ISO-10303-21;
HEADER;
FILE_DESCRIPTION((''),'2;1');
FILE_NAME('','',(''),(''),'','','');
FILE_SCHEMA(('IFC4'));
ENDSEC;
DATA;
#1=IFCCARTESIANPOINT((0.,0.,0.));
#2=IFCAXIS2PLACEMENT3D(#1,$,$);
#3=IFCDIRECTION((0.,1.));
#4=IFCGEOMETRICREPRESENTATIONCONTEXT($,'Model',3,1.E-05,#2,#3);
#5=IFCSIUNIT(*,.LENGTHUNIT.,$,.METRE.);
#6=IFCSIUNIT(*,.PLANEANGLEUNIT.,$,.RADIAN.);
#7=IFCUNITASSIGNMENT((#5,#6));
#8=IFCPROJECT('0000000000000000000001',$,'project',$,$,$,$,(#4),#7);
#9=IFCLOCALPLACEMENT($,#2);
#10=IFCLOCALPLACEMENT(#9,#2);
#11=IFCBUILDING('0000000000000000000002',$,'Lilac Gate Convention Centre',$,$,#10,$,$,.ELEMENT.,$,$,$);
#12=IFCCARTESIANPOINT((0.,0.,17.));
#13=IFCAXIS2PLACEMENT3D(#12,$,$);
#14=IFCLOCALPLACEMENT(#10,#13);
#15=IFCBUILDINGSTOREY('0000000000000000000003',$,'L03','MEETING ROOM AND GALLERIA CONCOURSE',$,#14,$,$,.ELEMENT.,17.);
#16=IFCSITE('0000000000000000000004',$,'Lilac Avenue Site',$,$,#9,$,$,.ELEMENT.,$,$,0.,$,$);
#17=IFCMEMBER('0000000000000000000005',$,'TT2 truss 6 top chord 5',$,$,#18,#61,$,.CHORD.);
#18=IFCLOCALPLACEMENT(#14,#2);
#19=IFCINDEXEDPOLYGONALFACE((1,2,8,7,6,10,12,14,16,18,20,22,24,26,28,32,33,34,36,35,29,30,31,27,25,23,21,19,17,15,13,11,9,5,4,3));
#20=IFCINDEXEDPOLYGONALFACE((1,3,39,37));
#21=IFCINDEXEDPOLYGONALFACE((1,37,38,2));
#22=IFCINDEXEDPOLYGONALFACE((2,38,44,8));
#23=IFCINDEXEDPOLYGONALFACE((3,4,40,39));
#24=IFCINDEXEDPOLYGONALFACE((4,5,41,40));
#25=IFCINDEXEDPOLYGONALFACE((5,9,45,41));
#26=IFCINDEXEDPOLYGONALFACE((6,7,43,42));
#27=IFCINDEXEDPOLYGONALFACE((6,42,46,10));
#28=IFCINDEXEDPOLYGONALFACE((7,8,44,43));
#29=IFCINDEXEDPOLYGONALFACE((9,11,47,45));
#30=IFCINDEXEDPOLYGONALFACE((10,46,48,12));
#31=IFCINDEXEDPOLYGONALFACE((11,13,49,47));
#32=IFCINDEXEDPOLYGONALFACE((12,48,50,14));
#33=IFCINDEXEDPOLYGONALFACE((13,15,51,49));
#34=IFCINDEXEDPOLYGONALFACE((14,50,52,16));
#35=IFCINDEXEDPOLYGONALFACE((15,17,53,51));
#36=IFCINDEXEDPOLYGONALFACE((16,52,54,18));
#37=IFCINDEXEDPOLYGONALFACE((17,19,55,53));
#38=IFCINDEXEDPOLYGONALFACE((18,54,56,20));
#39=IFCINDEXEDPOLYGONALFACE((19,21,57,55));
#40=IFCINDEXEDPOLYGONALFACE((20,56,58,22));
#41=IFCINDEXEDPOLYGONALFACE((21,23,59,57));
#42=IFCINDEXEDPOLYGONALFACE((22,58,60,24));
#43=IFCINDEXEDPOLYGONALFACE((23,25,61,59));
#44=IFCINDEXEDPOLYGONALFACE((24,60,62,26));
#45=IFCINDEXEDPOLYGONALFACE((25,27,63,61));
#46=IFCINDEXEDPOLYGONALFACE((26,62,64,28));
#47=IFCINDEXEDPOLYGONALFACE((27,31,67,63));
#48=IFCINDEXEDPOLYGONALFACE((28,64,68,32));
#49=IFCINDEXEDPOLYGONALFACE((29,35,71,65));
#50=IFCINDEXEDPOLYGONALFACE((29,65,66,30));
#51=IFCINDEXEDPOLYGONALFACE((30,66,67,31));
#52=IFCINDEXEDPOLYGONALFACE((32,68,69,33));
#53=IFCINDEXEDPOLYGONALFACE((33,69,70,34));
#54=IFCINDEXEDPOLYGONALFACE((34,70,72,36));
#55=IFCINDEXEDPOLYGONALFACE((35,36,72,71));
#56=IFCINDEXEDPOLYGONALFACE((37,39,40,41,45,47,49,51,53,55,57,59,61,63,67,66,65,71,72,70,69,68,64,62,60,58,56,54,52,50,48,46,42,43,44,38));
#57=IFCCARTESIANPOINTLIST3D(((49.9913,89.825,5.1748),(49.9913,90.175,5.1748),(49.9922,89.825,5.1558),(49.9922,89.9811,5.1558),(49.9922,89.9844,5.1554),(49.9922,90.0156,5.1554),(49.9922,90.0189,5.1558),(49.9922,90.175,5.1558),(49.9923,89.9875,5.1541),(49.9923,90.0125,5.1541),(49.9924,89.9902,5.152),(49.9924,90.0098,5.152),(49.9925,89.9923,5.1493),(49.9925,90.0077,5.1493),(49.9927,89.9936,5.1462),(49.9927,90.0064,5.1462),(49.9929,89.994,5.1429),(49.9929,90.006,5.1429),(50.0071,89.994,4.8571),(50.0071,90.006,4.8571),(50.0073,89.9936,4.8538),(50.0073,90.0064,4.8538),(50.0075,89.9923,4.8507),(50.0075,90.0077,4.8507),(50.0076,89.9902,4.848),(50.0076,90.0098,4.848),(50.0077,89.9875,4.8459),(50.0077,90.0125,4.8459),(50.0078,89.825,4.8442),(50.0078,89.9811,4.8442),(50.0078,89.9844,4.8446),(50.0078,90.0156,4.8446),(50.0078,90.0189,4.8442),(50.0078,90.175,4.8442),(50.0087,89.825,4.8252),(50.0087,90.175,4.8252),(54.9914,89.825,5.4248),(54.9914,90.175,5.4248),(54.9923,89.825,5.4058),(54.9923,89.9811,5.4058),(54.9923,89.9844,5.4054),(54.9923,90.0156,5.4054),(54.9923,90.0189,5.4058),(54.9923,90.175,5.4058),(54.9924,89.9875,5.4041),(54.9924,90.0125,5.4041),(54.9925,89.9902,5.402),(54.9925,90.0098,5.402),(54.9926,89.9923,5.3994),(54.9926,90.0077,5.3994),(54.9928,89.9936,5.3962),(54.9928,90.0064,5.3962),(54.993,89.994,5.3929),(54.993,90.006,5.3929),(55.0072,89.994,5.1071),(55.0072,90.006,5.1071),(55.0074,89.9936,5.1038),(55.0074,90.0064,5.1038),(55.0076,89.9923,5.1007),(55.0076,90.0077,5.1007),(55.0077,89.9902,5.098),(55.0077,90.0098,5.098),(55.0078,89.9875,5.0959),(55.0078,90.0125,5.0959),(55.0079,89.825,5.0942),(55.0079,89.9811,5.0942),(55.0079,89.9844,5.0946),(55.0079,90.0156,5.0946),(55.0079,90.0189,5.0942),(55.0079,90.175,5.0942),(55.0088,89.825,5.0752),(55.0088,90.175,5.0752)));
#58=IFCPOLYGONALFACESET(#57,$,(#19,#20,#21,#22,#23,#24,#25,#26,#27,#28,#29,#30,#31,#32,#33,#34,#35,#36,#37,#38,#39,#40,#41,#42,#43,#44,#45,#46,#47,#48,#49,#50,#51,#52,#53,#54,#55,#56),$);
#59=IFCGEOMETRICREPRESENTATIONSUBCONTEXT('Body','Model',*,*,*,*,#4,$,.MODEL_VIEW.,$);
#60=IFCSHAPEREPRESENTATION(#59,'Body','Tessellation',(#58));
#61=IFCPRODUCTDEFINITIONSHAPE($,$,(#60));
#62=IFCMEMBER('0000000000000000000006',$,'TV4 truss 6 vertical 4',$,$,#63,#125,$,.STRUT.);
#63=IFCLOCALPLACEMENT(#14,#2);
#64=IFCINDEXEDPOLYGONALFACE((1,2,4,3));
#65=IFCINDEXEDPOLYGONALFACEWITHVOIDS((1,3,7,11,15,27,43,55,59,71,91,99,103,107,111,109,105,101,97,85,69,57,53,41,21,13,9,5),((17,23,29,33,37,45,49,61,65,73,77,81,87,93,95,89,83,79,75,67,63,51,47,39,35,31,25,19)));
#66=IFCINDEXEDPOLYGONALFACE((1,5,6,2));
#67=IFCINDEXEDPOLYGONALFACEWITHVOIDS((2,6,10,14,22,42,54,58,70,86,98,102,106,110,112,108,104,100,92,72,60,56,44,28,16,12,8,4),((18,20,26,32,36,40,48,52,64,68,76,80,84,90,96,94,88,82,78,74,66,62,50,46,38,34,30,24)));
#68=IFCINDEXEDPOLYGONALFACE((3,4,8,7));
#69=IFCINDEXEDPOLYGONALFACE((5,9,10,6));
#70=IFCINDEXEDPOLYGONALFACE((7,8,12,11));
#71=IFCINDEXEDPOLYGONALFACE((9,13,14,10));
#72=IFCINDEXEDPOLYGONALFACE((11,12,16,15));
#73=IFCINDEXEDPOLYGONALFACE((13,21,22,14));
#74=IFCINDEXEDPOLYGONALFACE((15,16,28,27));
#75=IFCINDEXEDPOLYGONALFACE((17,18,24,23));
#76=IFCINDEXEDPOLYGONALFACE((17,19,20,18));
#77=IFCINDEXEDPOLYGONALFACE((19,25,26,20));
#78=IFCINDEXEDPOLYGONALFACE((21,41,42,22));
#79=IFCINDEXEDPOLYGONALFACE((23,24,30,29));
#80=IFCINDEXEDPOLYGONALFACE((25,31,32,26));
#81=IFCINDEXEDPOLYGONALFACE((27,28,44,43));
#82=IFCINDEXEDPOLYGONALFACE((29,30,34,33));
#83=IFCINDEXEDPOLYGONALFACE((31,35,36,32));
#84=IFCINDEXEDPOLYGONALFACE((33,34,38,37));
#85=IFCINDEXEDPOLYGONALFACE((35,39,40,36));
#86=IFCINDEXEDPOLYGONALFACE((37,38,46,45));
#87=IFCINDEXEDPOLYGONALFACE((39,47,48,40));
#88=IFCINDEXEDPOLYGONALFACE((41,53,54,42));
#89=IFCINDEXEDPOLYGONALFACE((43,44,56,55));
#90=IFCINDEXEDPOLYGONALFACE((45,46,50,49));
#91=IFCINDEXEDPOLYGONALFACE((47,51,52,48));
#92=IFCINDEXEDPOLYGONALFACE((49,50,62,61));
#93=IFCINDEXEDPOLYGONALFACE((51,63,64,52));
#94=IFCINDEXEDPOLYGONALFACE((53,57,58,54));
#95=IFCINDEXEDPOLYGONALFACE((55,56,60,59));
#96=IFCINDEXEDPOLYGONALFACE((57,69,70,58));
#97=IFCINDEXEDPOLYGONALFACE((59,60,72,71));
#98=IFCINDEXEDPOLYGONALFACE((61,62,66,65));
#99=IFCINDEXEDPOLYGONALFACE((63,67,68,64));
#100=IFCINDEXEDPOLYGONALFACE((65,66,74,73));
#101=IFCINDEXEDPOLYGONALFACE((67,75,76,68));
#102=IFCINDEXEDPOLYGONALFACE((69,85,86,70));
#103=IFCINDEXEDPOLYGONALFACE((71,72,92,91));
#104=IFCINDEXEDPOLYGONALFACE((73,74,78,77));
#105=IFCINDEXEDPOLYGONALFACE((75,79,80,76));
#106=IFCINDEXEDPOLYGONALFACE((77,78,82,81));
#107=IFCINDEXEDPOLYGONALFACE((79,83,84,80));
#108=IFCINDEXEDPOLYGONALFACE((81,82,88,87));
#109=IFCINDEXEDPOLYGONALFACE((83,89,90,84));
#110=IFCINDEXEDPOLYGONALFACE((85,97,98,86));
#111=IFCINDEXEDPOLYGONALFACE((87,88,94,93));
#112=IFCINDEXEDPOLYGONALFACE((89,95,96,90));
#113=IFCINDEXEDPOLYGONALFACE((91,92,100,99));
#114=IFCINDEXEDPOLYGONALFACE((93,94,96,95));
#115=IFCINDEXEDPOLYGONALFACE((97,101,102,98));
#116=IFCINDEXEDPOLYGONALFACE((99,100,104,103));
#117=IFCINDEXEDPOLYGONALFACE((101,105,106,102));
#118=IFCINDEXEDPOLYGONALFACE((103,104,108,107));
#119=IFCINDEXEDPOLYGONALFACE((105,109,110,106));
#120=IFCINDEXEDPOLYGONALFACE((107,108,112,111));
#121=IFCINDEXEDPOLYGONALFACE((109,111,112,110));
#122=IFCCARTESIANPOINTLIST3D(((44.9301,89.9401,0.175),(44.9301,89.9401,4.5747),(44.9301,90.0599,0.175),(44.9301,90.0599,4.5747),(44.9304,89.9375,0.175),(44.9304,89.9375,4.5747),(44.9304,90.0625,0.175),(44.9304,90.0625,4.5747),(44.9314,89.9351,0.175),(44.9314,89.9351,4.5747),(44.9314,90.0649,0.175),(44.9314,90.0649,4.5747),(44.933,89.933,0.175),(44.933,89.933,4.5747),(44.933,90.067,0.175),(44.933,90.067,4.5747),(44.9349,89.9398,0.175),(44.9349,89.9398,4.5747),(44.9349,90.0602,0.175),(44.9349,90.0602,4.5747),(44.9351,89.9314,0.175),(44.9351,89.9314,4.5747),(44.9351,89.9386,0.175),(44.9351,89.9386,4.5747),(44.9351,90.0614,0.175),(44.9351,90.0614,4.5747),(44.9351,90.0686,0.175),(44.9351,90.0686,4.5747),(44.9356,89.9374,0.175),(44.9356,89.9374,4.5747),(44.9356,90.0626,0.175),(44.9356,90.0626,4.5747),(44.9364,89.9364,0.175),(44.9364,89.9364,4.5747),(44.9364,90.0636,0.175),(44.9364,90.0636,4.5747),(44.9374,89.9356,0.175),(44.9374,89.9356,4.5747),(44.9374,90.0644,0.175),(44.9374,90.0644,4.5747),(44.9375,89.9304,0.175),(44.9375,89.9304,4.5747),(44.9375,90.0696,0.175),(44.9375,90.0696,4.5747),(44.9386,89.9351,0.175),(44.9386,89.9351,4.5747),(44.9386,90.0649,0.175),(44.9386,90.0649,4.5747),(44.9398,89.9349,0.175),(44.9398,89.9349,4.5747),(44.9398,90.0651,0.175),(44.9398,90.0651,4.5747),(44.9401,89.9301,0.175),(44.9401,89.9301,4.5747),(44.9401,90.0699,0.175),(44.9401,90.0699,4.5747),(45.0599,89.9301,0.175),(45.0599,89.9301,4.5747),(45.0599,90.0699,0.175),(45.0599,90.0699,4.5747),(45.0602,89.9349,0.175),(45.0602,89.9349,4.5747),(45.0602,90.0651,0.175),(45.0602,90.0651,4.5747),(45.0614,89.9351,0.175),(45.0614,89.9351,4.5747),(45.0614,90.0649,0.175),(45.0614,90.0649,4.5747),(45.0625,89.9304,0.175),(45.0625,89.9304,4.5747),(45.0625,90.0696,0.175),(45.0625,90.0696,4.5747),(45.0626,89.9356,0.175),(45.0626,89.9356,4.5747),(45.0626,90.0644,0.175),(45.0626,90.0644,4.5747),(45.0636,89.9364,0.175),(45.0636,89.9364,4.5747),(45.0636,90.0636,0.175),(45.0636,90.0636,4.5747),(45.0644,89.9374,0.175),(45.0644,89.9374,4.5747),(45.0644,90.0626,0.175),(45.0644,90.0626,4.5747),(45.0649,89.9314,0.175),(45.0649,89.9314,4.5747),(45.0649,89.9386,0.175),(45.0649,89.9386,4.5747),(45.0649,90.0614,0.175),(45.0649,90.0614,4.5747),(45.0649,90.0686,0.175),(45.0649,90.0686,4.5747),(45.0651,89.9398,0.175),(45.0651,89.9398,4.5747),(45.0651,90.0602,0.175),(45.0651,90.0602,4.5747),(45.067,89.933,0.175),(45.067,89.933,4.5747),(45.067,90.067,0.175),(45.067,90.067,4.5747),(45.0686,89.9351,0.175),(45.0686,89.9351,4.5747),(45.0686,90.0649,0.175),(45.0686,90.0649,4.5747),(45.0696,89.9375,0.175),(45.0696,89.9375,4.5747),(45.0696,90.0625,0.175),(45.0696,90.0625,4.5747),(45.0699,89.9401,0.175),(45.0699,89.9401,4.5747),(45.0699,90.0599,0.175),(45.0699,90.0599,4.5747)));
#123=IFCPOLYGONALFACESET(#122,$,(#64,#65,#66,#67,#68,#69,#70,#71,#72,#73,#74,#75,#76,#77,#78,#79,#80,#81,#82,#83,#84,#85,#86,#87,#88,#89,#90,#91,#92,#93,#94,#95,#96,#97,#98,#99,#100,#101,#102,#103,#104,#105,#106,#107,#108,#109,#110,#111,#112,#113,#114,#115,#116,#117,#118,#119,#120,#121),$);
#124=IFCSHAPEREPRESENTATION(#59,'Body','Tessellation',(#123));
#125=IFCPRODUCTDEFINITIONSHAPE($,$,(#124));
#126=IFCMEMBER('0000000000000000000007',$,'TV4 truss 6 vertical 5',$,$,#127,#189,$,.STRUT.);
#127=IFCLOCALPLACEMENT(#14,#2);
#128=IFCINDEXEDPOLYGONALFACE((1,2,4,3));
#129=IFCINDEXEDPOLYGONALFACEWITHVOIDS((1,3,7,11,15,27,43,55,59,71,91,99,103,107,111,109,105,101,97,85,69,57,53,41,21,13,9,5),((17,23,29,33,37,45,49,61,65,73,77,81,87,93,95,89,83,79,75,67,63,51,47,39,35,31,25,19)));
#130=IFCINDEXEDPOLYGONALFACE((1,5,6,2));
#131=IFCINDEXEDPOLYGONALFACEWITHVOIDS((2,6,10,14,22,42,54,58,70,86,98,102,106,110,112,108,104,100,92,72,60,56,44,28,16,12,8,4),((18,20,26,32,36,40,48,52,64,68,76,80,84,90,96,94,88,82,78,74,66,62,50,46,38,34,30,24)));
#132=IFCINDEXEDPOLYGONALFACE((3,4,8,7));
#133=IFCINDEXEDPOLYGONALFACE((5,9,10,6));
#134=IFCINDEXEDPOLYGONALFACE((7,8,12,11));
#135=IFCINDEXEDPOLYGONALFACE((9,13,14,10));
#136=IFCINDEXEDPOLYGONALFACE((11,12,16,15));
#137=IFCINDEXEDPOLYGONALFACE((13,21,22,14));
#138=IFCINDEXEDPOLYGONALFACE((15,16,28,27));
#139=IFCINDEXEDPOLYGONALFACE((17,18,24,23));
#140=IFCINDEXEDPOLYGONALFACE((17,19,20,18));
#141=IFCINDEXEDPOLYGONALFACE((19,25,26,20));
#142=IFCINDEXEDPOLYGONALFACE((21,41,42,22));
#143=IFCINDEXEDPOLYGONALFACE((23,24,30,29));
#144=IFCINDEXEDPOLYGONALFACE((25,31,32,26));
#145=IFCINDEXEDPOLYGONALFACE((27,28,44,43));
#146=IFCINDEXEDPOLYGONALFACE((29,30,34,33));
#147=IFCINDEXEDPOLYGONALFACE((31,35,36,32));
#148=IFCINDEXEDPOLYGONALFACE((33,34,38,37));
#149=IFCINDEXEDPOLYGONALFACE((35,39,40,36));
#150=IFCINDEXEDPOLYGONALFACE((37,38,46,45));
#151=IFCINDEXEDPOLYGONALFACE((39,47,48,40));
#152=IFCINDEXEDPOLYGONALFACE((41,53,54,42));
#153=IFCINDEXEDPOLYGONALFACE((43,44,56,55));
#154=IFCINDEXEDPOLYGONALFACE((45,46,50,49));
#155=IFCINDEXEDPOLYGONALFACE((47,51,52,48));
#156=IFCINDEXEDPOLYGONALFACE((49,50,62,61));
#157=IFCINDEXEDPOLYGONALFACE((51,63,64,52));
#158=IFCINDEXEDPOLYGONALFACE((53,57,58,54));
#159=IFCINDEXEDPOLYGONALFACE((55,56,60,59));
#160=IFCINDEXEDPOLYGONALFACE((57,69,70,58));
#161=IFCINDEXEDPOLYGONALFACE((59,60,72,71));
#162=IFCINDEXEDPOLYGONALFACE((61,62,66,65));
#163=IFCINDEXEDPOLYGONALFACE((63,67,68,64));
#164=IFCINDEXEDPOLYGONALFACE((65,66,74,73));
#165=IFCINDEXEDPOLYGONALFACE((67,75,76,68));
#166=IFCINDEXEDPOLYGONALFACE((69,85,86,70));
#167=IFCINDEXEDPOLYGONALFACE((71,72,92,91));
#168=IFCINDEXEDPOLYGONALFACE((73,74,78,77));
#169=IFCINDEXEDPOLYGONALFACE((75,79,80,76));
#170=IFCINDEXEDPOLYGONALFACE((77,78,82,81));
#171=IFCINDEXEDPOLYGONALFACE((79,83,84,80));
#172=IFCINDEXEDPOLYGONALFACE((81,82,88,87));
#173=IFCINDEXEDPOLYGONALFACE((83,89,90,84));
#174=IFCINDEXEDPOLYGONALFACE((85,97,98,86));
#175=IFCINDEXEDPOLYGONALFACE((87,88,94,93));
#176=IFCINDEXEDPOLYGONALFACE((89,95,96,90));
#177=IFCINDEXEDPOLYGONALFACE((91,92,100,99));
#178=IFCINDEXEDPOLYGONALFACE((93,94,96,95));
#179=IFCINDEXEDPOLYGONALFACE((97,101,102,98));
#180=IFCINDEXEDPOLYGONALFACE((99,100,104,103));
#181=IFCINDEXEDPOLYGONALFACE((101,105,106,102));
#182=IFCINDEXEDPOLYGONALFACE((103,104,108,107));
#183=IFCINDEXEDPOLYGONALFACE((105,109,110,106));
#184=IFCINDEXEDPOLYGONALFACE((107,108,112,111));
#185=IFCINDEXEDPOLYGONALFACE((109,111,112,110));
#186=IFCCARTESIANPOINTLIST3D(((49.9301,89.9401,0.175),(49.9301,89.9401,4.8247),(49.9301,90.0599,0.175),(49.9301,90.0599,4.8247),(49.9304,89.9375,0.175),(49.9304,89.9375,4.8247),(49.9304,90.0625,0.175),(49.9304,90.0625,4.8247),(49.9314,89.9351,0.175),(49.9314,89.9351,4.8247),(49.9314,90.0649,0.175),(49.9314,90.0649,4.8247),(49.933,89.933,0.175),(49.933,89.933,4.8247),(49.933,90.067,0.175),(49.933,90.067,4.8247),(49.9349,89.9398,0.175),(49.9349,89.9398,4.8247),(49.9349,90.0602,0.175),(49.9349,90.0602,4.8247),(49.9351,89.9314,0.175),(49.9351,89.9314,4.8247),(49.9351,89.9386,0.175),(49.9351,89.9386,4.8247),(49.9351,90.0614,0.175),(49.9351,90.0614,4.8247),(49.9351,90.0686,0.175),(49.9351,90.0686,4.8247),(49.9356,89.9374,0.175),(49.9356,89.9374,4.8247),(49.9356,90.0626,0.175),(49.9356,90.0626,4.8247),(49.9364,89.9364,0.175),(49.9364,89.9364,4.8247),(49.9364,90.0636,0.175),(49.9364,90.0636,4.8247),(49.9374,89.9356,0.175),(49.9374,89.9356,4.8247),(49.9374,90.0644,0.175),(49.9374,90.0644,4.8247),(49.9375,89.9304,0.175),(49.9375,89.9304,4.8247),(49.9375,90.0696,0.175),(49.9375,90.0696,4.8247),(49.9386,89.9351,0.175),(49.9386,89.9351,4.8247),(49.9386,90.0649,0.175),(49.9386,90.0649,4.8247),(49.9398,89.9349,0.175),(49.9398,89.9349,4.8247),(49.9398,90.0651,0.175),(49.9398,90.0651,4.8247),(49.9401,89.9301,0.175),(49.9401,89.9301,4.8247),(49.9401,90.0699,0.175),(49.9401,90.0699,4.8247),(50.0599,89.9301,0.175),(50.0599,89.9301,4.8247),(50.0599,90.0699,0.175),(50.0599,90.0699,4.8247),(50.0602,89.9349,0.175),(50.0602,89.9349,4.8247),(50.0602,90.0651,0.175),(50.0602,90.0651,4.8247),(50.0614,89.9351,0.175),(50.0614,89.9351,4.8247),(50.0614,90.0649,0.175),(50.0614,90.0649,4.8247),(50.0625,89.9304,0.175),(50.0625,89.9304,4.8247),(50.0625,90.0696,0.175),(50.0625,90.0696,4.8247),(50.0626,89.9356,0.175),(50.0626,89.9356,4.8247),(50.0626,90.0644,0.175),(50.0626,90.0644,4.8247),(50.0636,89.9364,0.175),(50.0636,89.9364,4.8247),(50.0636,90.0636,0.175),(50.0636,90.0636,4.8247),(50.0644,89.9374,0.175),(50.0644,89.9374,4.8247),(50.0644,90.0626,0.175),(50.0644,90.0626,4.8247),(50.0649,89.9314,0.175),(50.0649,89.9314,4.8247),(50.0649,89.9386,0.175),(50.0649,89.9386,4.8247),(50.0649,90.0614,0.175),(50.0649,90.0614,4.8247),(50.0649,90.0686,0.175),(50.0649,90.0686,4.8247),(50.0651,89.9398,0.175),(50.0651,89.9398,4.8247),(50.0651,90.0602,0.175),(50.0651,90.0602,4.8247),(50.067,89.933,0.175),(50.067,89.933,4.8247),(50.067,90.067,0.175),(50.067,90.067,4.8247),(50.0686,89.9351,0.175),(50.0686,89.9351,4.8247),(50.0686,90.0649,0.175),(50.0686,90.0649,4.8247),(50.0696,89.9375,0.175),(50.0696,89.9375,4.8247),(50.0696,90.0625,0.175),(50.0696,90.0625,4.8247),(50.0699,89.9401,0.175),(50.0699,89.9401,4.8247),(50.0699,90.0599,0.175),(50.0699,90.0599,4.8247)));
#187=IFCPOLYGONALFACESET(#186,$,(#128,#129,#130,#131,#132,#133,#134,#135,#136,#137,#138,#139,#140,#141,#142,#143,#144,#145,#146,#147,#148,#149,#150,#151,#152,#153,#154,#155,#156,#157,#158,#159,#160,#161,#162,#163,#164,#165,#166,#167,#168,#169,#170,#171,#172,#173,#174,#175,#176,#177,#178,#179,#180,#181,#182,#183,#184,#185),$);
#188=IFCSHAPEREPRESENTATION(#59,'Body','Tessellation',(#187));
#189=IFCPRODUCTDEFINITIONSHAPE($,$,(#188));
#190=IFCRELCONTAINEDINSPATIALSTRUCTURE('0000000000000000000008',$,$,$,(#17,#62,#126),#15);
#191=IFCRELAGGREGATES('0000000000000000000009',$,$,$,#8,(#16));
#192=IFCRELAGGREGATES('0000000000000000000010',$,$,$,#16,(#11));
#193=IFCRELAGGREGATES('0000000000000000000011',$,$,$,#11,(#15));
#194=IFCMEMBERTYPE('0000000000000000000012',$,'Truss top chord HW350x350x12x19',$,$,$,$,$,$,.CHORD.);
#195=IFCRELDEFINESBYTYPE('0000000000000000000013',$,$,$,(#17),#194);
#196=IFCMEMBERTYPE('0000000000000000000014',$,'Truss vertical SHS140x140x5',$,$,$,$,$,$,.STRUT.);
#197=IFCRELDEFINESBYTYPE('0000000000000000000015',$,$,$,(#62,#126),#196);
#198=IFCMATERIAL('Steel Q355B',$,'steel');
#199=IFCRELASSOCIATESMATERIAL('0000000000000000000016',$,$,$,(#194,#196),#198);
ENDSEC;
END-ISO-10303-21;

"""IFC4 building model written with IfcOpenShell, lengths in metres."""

from ifc_helpers import new_model, si_unit, direction, frame, origin, origin_2d, place, context, subcontext, project, spatial, hollow_rectangle, i_section, extrude, material, material_profile, profile_set, type_object, element, save


model = new_model("IFC4")

# Units and contexts
model_context = context("Model", 3, precision=1e-05, world=origin(), true_north=direction((0.0, 1.0)))
body_context = subcontext(model_context, "Body", "Model", "MODEL_VIEW")
ifc_project = project(units=[si_unit("LENGTHUNIT", "METRE"), si_unit("PLANEANGLEUNIT", "RADIAN")], contexts=[model_context])

# Site, building, storey
site_placement = place(None, origin())
site = spatial("IfcSite", under=ifc_project, at=site_placement, Name="Lilac Avenue Site", CompositionType="ELEMENT", RefElevation=0.0)
building_placement = place(site_placement, origin())
building = spatial("IfcBuilding", under=site, at=building_placement, Name="Lilac Gate Convention Centre", CompositionType="ELEMENT")
storey_placement = place(building_placement, frame((0.0, 0.0, 17.0)))
storey = spatial("IfcBuildingStorey", under=building, at=storey_placement, Name="L03", Description="MEETING ROOM AND GALLERIA CONCOURSE", CompositionType="ELEMENT", Elevation=17.0)

# Members
ifc_material = material(Name="Steel Q355B", Category="steel")
ifc_material_profile_1 = material_profile(ifc_material, i_section(OverallWidth=0.3501, OverallDepth=0.3501, WebThickness=0.012, FlangeThickness=0.019, FilletRadius=0.0129, at=origin_2d()), Name="HW350x350x12x19")
ifc_profile_set_1 = profile_set([ifc_material_profile_1], Name="Steel Q355B")
member_type_1 = type_object("IfcMemberType", Name="Truss top chord HW350x350x12x19", PredefinedType="CHORD", material=ifc_profile_set_1)
for number, where, z_axis, x_axis, name in (
    (1, (50.0, 90.0, 5.0), (0.998752, 0.0, 0.049938), (0.0, 1.0, 0.0), "TT2 truss 6 top chord 5"),
):
    element("IfcMember", number, at=place(storey_placement, frame(where, z_axis=z_axis, x_axis=x_axis)), inside=storey, type_object=member_type_1, Name=name, PredefinedType="CHORD", context=body_context, shape_type="SweptSolid", body=[
        extrude(i_section(OverallWidth=0.3501, OverallDepth=0.3501, WebThickness=0.012, FlangeThickness=0.019, FilletRadius=0.0129, at=origin_2d()), origin(), (0.0, 0.0, 1.0), 5.0063),
    ])
ifc_material_profile_2 = material_profile(ifc_material, hollow_rectangle(XDim=0.1399, YDim=0.1399, WallThickness=0.0049, InnerFilletRadius=0.0049, OuterFilletRadius=0.01, at=origin_2d()), Name="SHS140x140x5")
ifc_profile_set_2 = profile_set([ifc_material_profile_2], Name="Steel Q355B")
member_type_2 = type_object("IfcMemberType", Name="Truss vertical SHS140x140x5", PredefinedType="STRUT", material=ifc_profile_set_2)
member_1_placement = place(storey_placement, frame((45.0, 90.0, 0.175), z_axis=(0.0, 0.0, 1.0), x_axis=(1.0, 0.0, 0.0)))
element("IfcMember", 2, at=member_1_placement, inside=storey, type_object=member_type_2, Name="TV4 truss 6 vertical 4", PredefinedType="STRUT", context=body_context, shape_type="SweptSolid", body=[
    extrude(hollow_rectangle(XDim=0.1399, YDim=0.1399, WallThickness=0.0049, InnerFilletRadius=0.0049, OuterFilletRadius=0.01, at=origin_2d()), origin(), (0.0, 0.0, 1.0), 4.3997),
])
member_2_placement = place(storey_placement, frame((50.0, 90.0, 0.175), z_axis=(0.0, 0.0, 1.0), x_axis=(1.0, 0.0, 0.0)))
element("IfcMember", 3, at=member_2_placement, inside=storey, type_object=member_type_2, Name="TV4 truss 6 vertical 5", PredefinedType="STRUT", context=body_context, shape_type="SweptSolid", body=[
    extrude(hollow_rectangle(XDim=0.1399, YDim=0.1399, WallThickness=0.0049, InnerFilletRadius=0.0049, OuterFilletRadius=0.01, at=origin_2d()), origin(), (0.0, 0.0, 1.0), 4.6497),
])

save(model, "model.ifc")
